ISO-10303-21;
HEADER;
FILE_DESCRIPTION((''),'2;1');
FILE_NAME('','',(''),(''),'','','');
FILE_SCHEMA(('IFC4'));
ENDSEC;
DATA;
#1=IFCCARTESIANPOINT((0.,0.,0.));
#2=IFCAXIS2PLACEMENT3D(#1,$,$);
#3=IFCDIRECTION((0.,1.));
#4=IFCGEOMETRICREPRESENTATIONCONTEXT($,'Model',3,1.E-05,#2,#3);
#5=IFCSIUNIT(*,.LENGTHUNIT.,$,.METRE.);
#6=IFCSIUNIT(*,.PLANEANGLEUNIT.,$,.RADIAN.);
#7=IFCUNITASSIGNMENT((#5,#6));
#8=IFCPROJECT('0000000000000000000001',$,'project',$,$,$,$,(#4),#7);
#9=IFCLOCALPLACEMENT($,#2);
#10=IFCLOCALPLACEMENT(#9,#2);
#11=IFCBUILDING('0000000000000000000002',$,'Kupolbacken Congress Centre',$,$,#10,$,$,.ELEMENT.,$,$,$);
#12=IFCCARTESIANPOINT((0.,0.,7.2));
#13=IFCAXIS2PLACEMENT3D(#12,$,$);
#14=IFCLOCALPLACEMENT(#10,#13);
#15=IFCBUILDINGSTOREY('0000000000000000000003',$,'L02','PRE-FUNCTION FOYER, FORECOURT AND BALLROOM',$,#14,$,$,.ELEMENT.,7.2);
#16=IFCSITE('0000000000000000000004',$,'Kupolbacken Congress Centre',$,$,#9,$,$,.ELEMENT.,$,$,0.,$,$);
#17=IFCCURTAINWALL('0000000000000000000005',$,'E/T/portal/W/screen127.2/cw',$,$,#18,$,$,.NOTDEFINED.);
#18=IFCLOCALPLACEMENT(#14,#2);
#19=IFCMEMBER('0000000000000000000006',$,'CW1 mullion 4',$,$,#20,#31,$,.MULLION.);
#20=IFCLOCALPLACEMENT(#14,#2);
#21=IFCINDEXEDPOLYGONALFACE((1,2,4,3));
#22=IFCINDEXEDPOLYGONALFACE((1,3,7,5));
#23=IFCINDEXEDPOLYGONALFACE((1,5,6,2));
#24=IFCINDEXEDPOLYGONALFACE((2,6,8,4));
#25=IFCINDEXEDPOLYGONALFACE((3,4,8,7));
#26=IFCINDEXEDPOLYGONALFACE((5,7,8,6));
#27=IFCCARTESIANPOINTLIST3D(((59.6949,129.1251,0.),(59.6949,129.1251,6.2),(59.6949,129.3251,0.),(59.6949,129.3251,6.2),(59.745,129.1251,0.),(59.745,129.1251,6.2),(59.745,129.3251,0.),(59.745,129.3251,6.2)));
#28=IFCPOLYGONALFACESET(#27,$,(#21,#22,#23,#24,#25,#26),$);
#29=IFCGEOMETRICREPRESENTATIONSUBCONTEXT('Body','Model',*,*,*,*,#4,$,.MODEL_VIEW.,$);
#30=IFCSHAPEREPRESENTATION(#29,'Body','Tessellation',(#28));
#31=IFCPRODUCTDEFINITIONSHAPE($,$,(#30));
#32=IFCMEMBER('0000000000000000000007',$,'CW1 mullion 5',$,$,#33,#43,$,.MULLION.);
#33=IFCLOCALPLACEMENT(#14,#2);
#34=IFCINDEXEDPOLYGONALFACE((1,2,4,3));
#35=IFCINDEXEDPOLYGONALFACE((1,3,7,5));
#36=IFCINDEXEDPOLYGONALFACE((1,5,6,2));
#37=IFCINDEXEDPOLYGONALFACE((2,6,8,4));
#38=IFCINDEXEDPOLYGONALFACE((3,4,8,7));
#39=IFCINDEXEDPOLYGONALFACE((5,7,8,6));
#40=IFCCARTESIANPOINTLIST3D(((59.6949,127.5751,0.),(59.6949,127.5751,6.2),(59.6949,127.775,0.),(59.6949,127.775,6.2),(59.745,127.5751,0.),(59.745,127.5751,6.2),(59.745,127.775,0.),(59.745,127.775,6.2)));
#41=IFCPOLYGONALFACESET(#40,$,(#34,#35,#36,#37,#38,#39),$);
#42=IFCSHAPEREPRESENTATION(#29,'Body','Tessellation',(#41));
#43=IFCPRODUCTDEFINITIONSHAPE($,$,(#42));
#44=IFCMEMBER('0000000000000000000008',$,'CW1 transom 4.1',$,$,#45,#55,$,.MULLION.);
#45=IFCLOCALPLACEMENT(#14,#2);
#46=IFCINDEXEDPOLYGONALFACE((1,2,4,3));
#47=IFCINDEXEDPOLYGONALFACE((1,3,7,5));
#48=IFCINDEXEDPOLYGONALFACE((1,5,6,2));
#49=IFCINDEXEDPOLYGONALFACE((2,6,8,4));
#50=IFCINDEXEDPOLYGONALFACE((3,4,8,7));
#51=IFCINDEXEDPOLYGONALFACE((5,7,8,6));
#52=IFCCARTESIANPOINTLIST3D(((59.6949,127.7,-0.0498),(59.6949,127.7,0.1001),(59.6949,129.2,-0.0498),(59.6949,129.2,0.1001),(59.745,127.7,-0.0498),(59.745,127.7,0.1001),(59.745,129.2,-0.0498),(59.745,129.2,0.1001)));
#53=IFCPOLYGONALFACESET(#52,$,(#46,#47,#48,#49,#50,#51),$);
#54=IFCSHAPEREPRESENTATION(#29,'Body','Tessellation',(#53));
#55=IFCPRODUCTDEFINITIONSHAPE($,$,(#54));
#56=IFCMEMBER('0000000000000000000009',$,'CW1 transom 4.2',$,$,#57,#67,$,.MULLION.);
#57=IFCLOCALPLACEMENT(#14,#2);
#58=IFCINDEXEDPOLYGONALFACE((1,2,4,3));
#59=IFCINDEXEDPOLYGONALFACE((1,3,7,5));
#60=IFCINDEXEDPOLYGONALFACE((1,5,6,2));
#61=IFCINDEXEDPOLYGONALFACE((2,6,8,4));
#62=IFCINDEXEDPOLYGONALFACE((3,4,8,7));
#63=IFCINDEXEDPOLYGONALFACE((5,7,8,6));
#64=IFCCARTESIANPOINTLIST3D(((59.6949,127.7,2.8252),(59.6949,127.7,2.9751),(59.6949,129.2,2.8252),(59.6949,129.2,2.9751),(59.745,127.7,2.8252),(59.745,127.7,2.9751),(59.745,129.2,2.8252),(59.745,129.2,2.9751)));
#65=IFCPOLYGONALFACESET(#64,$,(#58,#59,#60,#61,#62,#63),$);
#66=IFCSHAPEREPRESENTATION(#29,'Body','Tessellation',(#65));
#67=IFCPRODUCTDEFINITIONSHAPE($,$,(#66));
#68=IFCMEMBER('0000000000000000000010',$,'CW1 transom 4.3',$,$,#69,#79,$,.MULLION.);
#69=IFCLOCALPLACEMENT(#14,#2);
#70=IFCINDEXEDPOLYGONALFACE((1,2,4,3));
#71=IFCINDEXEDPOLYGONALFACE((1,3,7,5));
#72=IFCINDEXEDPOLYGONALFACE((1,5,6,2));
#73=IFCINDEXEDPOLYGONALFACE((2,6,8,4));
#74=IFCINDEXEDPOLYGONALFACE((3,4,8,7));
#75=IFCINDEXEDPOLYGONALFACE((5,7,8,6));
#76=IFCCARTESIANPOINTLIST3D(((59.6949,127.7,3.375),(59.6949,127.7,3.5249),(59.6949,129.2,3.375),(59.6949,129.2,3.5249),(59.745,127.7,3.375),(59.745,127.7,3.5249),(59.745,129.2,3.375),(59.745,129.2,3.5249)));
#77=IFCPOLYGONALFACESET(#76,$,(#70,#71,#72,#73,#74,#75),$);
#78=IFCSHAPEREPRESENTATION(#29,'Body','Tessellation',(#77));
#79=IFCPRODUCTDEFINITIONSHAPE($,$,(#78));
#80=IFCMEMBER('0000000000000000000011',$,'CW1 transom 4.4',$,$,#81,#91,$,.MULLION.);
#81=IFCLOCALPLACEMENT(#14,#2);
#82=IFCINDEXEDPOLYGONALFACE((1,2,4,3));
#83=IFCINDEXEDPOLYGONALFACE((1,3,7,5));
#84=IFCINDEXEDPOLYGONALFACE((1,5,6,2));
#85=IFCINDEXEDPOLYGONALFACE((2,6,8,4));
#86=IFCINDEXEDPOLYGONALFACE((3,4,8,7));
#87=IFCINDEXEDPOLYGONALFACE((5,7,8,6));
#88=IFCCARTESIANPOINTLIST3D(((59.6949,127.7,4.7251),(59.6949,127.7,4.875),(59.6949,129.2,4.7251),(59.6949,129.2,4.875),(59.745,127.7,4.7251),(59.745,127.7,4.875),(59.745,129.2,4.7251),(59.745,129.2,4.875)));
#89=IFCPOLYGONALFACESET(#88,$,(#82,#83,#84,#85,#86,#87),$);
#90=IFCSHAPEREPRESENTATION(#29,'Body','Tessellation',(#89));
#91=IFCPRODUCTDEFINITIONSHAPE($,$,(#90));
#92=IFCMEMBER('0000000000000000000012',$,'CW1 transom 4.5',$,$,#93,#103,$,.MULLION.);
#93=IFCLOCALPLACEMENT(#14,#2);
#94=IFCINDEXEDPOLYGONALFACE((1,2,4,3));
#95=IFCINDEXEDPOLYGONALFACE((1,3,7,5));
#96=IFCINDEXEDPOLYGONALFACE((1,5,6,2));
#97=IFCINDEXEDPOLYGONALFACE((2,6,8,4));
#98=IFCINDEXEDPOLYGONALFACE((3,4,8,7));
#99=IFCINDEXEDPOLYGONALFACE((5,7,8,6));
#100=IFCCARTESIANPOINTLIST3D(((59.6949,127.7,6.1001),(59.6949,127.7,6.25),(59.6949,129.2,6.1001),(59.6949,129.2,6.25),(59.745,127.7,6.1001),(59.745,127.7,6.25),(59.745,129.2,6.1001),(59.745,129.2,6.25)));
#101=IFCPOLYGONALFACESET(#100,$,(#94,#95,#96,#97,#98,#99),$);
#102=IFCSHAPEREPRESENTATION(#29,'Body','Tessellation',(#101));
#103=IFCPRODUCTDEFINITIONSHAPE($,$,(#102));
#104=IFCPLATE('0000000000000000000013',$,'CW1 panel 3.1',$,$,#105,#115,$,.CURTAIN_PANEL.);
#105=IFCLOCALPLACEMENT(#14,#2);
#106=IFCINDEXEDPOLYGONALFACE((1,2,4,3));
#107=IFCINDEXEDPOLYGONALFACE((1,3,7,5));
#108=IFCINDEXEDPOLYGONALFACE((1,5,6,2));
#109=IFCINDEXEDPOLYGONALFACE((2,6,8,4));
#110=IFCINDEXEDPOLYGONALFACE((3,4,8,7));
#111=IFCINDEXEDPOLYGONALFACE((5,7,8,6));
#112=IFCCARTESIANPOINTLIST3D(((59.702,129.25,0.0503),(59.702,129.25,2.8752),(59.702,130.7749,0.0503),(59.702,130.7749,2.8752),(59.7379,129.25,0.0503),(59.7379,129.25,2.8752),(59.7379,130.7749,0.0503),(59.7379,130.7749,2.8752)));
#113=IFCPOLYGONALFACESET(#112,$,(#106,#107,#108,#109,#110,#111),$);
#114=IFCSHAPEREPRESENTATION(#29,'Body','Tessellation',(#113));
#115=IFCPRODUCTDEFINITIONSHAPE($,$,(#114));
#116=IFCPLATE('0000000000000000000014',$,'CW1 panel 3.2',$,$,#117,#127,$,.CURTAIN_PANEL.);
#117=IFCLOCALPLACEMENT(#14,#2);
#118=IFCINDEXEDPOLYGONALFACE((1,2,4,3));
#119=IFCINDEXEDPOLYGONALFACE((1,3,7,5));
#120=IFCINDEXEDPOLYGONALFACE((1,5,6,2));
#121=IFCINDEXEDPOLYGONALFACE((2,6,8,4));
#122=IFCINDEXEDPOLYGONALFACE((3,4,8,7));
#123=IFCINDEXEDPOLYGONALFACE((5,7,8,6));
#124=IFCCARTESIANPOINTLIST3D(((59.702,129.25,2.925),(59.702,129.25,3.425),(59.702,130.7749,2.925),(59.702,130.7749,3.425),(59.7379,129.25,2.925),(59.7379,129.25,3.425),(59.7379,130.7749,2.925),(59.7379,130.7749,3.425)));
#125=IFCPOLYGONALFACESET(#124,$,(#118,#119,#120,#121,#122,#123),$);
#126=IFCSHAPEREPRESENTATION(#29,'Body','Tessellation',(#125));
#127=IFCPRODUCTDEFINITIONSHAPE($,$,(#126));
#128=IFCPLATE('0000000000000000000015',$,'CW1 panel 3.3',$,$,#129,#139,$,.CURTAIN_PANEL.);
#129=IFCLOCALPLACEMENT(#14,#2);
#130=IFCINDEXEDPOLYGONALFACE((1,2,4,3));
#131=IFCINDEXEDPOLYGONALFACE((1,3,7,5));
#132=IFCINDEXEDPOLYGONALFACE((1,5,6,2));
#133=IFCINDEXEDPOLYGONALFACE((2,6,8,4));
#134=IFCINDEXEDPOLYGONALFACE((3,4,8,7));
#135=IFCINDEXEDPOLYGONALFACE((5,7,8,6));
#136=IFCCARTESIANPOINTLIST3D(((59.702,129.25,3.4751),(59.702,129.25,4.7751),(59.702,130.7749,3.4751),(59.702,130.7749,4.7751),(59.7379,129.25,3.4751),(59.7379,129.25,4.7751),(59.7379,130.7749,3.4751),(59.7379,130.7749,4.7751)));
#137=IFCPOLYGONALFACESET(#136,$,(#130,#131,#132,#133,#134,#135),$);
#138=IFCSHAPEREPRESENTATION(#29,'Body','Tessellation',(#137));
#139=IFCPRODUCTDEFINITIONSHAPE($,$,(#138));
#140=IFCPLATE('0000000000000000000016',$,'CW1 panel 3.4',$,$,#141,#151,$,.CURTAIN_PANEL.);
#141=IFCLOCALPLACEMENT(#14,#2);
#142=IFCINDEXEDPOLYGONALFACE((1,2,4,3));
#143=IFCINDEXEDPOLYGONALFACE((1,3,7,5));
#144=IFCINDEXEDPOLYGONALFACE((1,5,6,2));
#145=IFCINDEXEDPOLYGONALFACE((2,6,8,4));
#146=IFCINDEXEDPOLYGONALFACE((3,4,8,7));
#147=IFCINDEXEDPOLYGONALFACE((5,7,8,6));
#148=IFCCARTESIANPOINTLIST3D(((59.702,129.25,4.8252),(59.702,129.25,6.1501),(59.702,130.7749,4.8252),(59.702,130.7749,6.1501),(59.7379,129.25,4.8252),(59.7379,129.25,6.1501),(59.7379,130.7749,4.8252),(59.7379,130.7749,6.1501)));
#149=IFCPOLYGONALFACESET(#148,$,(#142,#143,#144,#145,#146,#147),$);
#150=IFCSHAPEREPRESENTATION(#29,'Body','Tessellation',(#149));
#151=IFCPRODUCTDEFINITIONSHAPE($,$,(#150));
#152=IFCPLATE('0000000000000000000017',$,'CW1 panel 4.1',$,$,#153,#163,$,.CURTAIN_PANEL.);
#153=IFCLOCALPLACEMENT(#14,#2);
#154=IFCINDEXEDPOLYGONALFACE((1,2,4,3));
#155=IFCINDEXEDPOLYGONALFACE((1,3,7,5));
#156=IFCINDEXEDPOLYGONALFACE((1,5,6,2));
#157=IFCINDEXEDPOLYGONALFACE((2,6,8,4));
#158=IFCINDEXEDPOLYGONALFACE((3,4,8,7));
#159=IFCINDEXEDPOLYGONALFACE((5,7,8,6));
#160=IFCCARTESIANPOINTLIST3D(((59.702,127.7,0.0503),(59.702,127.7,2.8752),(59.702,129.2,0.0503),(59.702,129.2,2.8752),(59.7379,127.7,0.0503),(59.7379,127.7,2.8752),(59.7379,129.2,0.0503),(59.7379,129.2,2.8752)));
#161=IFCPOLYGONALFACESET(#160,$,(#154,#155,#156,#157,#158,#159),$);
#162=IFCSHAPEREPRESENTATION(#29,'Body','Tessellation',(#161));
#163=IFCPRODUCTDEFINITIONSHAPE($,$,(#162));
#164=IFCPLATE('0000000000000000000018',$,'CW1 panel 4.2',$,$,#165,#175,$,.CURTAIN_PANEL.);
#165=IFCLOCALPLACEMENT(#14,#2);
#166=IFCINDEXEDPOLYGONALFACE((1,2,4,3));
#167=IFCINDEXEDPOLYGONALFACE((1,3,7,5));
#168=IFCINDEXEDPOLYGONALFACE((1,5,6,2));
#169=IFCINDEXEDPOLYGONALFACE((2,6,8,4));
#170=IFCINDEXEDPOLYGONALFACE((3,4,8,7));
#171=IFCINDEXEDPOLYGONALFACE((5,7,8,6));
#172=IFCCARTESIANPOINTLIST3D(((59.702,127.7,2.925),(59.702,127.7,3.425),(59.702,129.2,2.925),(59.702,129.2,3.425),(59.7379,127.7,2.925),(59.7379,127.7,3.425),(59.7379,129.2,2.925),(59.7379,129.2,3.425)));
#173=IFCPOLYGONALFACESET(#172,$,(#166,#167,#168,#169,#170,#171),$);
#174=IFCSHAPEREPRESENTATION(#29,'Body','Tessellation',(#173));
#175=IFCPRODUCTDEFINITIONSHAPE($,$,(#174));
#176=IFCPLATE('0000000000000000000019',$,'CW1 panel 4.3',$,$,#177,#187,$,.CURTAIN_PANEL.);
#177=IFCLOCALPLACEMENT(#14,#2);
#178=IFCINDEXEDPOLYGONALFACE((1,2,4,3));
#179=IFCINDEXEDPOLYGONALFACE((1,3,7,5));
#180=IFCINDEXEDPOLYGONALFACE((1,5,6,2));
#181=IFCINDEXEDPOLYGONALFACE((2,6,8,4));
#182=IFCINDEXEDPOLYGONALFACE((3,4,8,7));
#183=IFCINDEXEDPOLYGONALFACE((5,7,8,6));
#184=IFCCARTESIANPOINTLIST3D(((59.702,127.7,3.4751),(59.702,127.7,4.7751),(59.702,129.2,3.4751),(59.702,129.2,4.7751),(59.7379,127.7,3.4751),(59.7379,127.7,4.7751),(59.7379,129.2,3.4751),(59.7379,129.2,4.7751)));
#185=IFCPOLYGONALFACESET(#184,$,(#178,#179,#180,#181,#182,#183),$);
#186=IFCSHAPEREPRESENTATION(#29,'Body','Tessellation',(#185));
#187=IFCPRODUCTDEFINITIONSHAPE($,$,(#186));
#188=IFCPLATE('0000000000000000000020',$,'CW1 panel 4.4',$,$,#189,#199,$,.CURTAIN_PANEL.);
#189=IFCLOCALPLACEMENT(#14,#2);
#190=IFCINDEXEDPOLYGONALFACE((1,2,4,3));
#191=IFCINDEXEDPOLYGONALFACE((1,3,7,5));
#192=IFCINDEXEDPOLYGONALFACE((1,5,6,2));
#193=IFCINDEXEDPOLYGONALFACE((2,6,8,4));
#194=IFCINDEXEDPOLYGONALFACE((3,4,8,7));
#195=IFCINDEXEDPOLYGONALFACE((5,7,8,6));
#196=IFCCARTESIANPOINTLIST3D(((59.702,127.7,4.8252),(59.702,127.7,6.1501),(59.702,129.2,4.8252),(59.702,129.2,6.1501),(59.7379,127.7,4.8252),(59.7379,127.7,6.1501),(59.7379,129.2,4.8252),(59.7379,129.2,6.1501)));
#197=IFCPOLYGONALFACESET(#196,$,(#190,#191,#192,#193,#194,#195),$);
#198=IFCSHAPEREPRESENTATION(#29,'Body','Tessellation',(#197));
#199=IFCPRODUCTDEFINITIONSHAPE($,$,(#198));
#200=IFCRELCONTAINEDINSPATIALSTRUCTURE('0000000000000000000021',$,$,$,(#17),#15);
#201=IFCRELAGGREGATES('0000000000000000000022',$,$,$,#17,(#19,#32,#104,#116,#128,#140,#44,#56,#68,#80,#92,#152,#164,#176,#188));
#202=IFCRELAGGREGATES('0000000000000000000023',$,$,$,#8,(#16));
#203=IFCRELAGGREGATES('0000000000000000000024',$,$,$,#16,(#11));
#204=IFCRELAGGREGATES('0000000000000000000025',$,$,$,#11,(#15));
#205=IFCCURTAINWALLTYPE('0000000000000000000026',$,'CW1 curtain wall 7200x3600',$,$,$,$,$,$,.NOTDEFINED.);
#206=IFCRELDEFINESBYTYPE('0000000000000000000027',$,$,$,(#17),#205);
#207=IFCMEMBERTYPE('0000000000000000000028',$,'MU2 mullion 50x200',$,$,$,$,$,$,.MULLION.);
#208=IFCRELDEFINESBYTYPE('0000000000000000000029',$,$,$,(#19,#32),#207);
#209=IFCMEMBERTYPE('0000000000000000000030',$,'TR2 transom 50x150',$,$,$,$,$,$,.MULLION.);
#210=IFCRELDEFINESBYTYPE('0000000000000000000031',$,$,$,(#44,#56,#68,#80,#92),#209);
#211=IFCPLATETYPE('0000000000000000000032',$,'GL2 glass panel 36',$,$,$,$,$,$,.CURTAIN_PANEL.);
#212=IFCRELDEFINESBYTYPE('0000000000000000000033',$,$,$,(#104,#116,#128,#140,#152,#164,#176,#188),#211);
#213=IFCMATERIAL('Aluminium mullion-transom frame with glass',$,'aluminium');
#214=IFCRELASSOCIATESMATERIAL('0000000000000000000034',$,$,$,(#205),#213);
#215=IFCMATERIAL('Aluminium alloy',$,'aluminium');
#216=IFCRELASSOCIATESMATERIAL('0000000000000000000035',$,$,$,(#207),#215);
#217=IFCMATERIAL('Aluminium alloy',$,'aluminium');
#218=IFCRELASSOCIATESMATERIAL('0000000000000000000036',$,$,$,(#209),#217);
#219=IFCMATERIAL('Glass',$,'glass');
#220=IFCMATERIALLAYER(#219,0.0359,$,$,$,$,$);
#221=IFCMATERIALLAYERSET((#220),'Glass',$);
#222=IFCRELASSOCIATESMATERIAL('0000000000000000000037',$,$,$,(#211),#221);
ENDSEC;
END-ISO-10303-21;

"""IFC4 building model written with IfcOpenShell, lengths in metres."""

from ifc_helpers import new_model, si_unit, direction, frame, origin, origin_2d, place, context, subcontext, project, spatial, rectangle, extrude, material, layer, layer_set, material_profile, profile_set, type_object, element, aggregate, save


model = new_model("IFC4")

# Units and contexts
model_context = context("Model", 3, precision=1e-05, world=origin(), true_north=direction((0.0, 1.0)))
body_context = subcontext(model_context, "Body", "Model", "MODEL_VIEW")
ifc_project = project(units=[si_unit("LENGTHUNIT", "METRE"), si_unit("PLANEANGLEUNIT", "RADIAN")], contexts=[model_context])

# Site, building, storey
site_placement = place(None, origin())
site = spatial("IfcSite", under=ifc_project, at=site_placement, Name="Kupolbacken Congress Centre", CompositionType="ELEMENT", RefElevation=0.0)
building_placement = place(site_placement, origin())
building = spatial("IfcBuilding", under=site, at=building_placement, Name="Kupolbacken Congress Centre", CompositionType="ELEMENT")
storey_placement = place(building_placement, frame((0.0, 0.0, 7.2)))
storey = spatial("IfcBuildingStorey", under=building, at=storey_placement, Name="L02", Description="PRE-FUNCTION FOYER, FORECOURT AND BALLROOM", CompositionType="ELEMENT", Elevation=7.2)

# Curtain wall, members, plates
ifc_material_1 = material(Name="Aluminium mullion-transom frame with glass", Category="aluminium")
curtain_wall_type = type_object("IfcCurtainWallType", Name="CW1 curtain wall 7200x3600", PredefinedType="NOTDEFINED", material=ifc_material_1)
curtain_wall_placement = place(storey_placement, origin())
curtain_wall = element("IfcCurtainWall", 1, at=curtain_wall_placement, inside=storey, type_object=curtain_wall_type, Name="E/T/portal/W/screen127.2/cw", PredefinedType="NOTDEFINED")
ifc_material_2 = material(Name="Aluminium alloy", Category="aluminium")
ifc_material_profile_1 = material_profile(ifc_material_2, rectangle(XDim=0.05, YDim=0.2, at=origin_2d()), Name="50 x 200")
ifc_profile_set_1 = profile_set([ifc_material_profile_1], Name="Aluminium alloy")
member_type_1 = type_object("IfcMemberType", Name="MU2 mullion 50x200", PredefinedType="MULLION", material=ifc_profile_set_1)
member_1_placement = place(storey_placement, frame((59.72, 129.2251, 0.0), z_axis=(0.0, 0.0, 1.0), x_axis=(1.0, 0.0, 0.0)))
member_1 = element("IfcMember", 2, at=member_1_placement, type_object=member_type_1, Name="CW1 mullion 4", PredefinedType="MULLION", context=body_context, shape_type="SweptSolid", body=[
    extrude(rectangle(XDim=0.05, YDim=0.2, at=origin_2d()), origin(), (0.0, 0.0, 1.0), 6.2),
])
member_2_placement = place(storey_placement, frame((59.72, 127.675, 0.0), z_axis=(0.0, 0.0, 1.0), x_axis=(1.0, 0.0, 0.0)))
member_2 = element("IfcMember", 3, at=member_2_placement, type_object=member_type_1, Name="CW1 mullion 5", PredefinedType="MULLION", context=body_context, shape_type="SweptSolid", body=[
    extrude(rectangle(XDim=0.05, YDim=0.2, at=origin_2d()), origin(), (0.0, 0.0, 1.0), 6.2),
])
ifc_material_3 = material(Name="Aluminium alloy", Category="aluminium")
ifc_material_profile_2 = material_profile(ifc_material_3, rectangle(XDim=0.05, YDim=0.1499, at=origin_2d()), Name="50 x 150")
ifc_profile_set_2 = profile_set([ifc_material_profile_2], Name="Aluminium alloy")
member_type_2 = type_object("IfcMemberType", Name="TR2 transom 50x150", PredefinedType="MULLION", material=ifc_profile_set_2)
member_3_placement = place(storey_placement, frame((59.72, 129.2, 0.0251), z_axis=(0.0, -1.0, 0.0), x_axis=(1.0, 0.0, 0.0)))
member_3 = element("IfcMember", 4, at=member_3_placement, type_object=member_type_2, Name="CW1 transom 4.1", PredefinedType="MULLION", context=body_context, shape_type="SweptSolid", body=[
    extrude(rectangle(XDim=0.05, YDim=0.1499, at=origin_2d()), origin(), (0.0, 0.0, 1.0), 1.5),
])
member_4_placement = place(storey_placement, frame((59.72, 129.2, 2.9001), z_axis=(0.0, -1.0, 0.0), x_axis=(1.0, 0.0, 0.0)))
member_4 = element("IfcMember", 5, at=member_4_placement, type_object=member_type_2, Name="CW1 transom 4.2", PredefinedType="MULLION", context=body_context, shape_type="SweptSolid", body=[
    extrude(rectangle(XDim=0.05, YDim=0.1499, at=origin_2d()), origin(), (0.0, 0.0, 1.0), 1.5),
])
member_5_placement = place(storey_placement, frame((59.72, 129.2, 3.45), z_axis=(0.0, -1.0, 0.0), x_axis=(1.0, 0.0, 0.0)))
member_5 = element("IfcMember", 6, at=member_5_placement, type_object=member_type_2, Name="CW1 transom 4.3", PredefinedType="MULLION", context=body_context, shape_type="SweptSolid", body=[
    extrude(rectangle(XDim=0.05, YDim=0.1499, at=origin_2d()), origin(), (0.0, 0.0, 1.0), 1.5),
])
member_6_placement = place(storey_placement, frame((59.72, 129.2, 4.8), z_axis=(0.0, -1.0, 0.0), x_axis=(1.0, 0.0, 0.0)))
member_6 = element("IfcMember", 7, at=member_6_placement, type_object=member_type_2, Name="CW1 transom 4.4", PredefinedType="MULLION", context=body_context, shape_type="SweptSolid", body=[
    extrude(rectangle(XDim=0.05, YDim=0.1499, at=origin_2d()), origin(), (0.0, 0.0, 1.0), 1.5),
])
member_7_placement = place(storey_placement, frame((59.72, 129.2, 6.175), z_axis=(0.0, -1.0, 0.0), x_axis=(1.0, 0.0, 0.0)))
member_7 = element("IfcMember", 8, at=member_7_placement, type_object=member_type_2, Name="CW1 transom 4.5", PredefinedType="MULLION", context=body_context, shape_type="SweptSolid", body=[
    extrude(rectangle(XDim=0.05, YDim=0.1499, at=origin_2d()), origin(), (0.0, 0.0, 1.0), 1.5),
])
ifc_material_4 = material(Name="Glass", Category="glass")
ifc_layer_1 = layer(ifc_material_4, 0.0359)
ifc_layer_set_1 = layer_set([ifc_layer_1], Name="Glass")
plate_type = type_object("IfcPlateType", Name="GL2 glass panel 36", PredefinedType="CURTAIN_PANEL", material=ifc_layer_set_1)
plate_1_placement = place(storey_placement, frame((59.72, 130.0125, 0.0503), z_axis=(0.0, 0.0, 1.0), x_axis=(0.0, -1.0, 0.0)))
plate_1 = element("IfcPlate", 9, at=plate_1_placement, type_object=plate_type, Name="CW1 panel 3.1", PredefinedType="CURTAIN_PANEL", context=body_context, shape_type="SweptSolid", body=[
    extrude(rectangle(XDim=1.5249, YDim=0.0359, at=origin_2d()), origin(), (0.0, 0.0, 1.0), 2.825),
])
plate_2_placement = place(storey_placement, frame((59.72, 130.0125, 2.925), z_axis=(0.0, 0.0, 1.0), x_axis=(0.0, -1.0, 0.0)))
plate_2 = element("IfcPlate", 10, at=plate_2_placement, type_object=plate_type, Name="CW1 panel 3.2", PredefinedType="CURTAIN_PANEL", context=body_context, shape_type="SweptSolid", body=[
    extrude(rectangle(XDim=1.5249, YDim=0.0359, at=origin_2d()), origin(), (0.0, 0.0, 1.0), 0.5),
])
plate_3_placement = place(storey_placement, frame((59.72, 130.0125, 3.4751), z_axis=(0.0, 0.0, 1.0), x_axis=(0.0, -1.0, 0.0)))
plate_3 = element("IfcPlate", 11, at=plate_3_placement, type_object=plate_type, Name="CW1 panel 3.3", PredefinedType="CURTAIN_PANEL", context=body_context, shape_type="SweptSolid", body=[
    extrude(rectangle(XDim=1.5249, YDim=0.0359, at=origin_2d()), origin(), (0.0, 0.0, 1.0), 1.3),
])
plate_4_placement = place(storey_placement, frame((59.72, 130.0125, 4.8252), z_axis=(0.0, 0.0, 1.0), x_axis=(0.0, -1.0, 0.0)))
plate_4 = element("IfcPlate", 12, at=plate_4_placement, type_object=plate_type, Name="CW1 panel 3.4", PredefinedType="CURTAIN_PANEL", context=body_context, shape_type="SweptSolid", body=[
    extrude(rectangle(XDim=1.5249, YDim=0.0359, at=origin_2d()), origin(), (0.0, 0.0, 1.0), 1.325),
])
plate_5_placement = place(storey_placement, frame((59.72, 128.45, 0.0503), z_axis=(0.0, 0.0, 1.0), x_axis=(0.0, -1.0, 0.0)))
plate_5 = element("IfcPlate", 13, at=plate_5_placement, type_object=plate_type, Name="CW1 panel 4.1", PredefinedType="CURTAIN_PANEL", context=body_context, shape_type="SweptSolid", body=[
    extrude(rectangle(XDim=1.5, YDim=0.0359, at=origin_2d()), origin(), (0.0, 0.0, 1.0), 2.825),
])
plate_6_placement = place(storey_placement, frame((59.72, 128.45, 2.925), z_axis=(0.0, 0.0, 1.0), x_axis=(0.0, -1.0, 0.0)))
plate_6 = element("IfcPlate", 14, at=plate_6_placement, type_object=plate_type, Name="CW1 panel 4.2", PredefinedType="CURTAIN_PANEL", context=body_context, shape_type="SweptSolid", body=[
    extrude(rectangle(XDim=1.5, YDim=0.0359, at=origin_2d()), origin(), (0.0, 0.0, 1.0), 0.5),
])
plate_7_placement = place(storey_placement, frame((59.72, 128.45, 3.4751), z_axis=(0.0, 0.0, 1.0), x_axis=(0.0, -1.0, 0.0)))
plate_7 = element("IfcPlate", 15, at=plate_7_placement, type_object=plate_type, Name="CW1 panel 4.3", PredefinedType="CURTAIN_PANEL", context=body_context, shape_type="SweptSolid", body=[
    extrude(rectangle(XDim=1.5, YDim=0.0359, at=origin_2d()), origin(), (0.0, 0.0, 1.0), 1.3),
])
plate_8_placement = place(storey_placement, frame((59.72, 128.45, 4.8252), z_axis=(0.0, 0.0, 1.0), x_axis=(0.0, -1.0, 0.0)))
plate_8 = element("IfcPlate", 16, at=plate_8_placement, type_object=plate_type, Name="CW1 panel 4.4", PredefinedType="CURTAIN_PANEL", context=body_context, shape_type="SweptSolid", body=[
    extrude(rectangle(XDim=1.5, YDim=0.0359, at=origin_2d()), origin(), (0.0, 0.0, 1.0), 1.325),
])
aggregate(curtain_wall, [member_1, member_2, plate_1, plate_2, plate_3, plate_4, member_3, member_4, member_5, member_6, member_7, plate_5, plate_6, plate_7, plate_8])

save(model, "model.ifc")
